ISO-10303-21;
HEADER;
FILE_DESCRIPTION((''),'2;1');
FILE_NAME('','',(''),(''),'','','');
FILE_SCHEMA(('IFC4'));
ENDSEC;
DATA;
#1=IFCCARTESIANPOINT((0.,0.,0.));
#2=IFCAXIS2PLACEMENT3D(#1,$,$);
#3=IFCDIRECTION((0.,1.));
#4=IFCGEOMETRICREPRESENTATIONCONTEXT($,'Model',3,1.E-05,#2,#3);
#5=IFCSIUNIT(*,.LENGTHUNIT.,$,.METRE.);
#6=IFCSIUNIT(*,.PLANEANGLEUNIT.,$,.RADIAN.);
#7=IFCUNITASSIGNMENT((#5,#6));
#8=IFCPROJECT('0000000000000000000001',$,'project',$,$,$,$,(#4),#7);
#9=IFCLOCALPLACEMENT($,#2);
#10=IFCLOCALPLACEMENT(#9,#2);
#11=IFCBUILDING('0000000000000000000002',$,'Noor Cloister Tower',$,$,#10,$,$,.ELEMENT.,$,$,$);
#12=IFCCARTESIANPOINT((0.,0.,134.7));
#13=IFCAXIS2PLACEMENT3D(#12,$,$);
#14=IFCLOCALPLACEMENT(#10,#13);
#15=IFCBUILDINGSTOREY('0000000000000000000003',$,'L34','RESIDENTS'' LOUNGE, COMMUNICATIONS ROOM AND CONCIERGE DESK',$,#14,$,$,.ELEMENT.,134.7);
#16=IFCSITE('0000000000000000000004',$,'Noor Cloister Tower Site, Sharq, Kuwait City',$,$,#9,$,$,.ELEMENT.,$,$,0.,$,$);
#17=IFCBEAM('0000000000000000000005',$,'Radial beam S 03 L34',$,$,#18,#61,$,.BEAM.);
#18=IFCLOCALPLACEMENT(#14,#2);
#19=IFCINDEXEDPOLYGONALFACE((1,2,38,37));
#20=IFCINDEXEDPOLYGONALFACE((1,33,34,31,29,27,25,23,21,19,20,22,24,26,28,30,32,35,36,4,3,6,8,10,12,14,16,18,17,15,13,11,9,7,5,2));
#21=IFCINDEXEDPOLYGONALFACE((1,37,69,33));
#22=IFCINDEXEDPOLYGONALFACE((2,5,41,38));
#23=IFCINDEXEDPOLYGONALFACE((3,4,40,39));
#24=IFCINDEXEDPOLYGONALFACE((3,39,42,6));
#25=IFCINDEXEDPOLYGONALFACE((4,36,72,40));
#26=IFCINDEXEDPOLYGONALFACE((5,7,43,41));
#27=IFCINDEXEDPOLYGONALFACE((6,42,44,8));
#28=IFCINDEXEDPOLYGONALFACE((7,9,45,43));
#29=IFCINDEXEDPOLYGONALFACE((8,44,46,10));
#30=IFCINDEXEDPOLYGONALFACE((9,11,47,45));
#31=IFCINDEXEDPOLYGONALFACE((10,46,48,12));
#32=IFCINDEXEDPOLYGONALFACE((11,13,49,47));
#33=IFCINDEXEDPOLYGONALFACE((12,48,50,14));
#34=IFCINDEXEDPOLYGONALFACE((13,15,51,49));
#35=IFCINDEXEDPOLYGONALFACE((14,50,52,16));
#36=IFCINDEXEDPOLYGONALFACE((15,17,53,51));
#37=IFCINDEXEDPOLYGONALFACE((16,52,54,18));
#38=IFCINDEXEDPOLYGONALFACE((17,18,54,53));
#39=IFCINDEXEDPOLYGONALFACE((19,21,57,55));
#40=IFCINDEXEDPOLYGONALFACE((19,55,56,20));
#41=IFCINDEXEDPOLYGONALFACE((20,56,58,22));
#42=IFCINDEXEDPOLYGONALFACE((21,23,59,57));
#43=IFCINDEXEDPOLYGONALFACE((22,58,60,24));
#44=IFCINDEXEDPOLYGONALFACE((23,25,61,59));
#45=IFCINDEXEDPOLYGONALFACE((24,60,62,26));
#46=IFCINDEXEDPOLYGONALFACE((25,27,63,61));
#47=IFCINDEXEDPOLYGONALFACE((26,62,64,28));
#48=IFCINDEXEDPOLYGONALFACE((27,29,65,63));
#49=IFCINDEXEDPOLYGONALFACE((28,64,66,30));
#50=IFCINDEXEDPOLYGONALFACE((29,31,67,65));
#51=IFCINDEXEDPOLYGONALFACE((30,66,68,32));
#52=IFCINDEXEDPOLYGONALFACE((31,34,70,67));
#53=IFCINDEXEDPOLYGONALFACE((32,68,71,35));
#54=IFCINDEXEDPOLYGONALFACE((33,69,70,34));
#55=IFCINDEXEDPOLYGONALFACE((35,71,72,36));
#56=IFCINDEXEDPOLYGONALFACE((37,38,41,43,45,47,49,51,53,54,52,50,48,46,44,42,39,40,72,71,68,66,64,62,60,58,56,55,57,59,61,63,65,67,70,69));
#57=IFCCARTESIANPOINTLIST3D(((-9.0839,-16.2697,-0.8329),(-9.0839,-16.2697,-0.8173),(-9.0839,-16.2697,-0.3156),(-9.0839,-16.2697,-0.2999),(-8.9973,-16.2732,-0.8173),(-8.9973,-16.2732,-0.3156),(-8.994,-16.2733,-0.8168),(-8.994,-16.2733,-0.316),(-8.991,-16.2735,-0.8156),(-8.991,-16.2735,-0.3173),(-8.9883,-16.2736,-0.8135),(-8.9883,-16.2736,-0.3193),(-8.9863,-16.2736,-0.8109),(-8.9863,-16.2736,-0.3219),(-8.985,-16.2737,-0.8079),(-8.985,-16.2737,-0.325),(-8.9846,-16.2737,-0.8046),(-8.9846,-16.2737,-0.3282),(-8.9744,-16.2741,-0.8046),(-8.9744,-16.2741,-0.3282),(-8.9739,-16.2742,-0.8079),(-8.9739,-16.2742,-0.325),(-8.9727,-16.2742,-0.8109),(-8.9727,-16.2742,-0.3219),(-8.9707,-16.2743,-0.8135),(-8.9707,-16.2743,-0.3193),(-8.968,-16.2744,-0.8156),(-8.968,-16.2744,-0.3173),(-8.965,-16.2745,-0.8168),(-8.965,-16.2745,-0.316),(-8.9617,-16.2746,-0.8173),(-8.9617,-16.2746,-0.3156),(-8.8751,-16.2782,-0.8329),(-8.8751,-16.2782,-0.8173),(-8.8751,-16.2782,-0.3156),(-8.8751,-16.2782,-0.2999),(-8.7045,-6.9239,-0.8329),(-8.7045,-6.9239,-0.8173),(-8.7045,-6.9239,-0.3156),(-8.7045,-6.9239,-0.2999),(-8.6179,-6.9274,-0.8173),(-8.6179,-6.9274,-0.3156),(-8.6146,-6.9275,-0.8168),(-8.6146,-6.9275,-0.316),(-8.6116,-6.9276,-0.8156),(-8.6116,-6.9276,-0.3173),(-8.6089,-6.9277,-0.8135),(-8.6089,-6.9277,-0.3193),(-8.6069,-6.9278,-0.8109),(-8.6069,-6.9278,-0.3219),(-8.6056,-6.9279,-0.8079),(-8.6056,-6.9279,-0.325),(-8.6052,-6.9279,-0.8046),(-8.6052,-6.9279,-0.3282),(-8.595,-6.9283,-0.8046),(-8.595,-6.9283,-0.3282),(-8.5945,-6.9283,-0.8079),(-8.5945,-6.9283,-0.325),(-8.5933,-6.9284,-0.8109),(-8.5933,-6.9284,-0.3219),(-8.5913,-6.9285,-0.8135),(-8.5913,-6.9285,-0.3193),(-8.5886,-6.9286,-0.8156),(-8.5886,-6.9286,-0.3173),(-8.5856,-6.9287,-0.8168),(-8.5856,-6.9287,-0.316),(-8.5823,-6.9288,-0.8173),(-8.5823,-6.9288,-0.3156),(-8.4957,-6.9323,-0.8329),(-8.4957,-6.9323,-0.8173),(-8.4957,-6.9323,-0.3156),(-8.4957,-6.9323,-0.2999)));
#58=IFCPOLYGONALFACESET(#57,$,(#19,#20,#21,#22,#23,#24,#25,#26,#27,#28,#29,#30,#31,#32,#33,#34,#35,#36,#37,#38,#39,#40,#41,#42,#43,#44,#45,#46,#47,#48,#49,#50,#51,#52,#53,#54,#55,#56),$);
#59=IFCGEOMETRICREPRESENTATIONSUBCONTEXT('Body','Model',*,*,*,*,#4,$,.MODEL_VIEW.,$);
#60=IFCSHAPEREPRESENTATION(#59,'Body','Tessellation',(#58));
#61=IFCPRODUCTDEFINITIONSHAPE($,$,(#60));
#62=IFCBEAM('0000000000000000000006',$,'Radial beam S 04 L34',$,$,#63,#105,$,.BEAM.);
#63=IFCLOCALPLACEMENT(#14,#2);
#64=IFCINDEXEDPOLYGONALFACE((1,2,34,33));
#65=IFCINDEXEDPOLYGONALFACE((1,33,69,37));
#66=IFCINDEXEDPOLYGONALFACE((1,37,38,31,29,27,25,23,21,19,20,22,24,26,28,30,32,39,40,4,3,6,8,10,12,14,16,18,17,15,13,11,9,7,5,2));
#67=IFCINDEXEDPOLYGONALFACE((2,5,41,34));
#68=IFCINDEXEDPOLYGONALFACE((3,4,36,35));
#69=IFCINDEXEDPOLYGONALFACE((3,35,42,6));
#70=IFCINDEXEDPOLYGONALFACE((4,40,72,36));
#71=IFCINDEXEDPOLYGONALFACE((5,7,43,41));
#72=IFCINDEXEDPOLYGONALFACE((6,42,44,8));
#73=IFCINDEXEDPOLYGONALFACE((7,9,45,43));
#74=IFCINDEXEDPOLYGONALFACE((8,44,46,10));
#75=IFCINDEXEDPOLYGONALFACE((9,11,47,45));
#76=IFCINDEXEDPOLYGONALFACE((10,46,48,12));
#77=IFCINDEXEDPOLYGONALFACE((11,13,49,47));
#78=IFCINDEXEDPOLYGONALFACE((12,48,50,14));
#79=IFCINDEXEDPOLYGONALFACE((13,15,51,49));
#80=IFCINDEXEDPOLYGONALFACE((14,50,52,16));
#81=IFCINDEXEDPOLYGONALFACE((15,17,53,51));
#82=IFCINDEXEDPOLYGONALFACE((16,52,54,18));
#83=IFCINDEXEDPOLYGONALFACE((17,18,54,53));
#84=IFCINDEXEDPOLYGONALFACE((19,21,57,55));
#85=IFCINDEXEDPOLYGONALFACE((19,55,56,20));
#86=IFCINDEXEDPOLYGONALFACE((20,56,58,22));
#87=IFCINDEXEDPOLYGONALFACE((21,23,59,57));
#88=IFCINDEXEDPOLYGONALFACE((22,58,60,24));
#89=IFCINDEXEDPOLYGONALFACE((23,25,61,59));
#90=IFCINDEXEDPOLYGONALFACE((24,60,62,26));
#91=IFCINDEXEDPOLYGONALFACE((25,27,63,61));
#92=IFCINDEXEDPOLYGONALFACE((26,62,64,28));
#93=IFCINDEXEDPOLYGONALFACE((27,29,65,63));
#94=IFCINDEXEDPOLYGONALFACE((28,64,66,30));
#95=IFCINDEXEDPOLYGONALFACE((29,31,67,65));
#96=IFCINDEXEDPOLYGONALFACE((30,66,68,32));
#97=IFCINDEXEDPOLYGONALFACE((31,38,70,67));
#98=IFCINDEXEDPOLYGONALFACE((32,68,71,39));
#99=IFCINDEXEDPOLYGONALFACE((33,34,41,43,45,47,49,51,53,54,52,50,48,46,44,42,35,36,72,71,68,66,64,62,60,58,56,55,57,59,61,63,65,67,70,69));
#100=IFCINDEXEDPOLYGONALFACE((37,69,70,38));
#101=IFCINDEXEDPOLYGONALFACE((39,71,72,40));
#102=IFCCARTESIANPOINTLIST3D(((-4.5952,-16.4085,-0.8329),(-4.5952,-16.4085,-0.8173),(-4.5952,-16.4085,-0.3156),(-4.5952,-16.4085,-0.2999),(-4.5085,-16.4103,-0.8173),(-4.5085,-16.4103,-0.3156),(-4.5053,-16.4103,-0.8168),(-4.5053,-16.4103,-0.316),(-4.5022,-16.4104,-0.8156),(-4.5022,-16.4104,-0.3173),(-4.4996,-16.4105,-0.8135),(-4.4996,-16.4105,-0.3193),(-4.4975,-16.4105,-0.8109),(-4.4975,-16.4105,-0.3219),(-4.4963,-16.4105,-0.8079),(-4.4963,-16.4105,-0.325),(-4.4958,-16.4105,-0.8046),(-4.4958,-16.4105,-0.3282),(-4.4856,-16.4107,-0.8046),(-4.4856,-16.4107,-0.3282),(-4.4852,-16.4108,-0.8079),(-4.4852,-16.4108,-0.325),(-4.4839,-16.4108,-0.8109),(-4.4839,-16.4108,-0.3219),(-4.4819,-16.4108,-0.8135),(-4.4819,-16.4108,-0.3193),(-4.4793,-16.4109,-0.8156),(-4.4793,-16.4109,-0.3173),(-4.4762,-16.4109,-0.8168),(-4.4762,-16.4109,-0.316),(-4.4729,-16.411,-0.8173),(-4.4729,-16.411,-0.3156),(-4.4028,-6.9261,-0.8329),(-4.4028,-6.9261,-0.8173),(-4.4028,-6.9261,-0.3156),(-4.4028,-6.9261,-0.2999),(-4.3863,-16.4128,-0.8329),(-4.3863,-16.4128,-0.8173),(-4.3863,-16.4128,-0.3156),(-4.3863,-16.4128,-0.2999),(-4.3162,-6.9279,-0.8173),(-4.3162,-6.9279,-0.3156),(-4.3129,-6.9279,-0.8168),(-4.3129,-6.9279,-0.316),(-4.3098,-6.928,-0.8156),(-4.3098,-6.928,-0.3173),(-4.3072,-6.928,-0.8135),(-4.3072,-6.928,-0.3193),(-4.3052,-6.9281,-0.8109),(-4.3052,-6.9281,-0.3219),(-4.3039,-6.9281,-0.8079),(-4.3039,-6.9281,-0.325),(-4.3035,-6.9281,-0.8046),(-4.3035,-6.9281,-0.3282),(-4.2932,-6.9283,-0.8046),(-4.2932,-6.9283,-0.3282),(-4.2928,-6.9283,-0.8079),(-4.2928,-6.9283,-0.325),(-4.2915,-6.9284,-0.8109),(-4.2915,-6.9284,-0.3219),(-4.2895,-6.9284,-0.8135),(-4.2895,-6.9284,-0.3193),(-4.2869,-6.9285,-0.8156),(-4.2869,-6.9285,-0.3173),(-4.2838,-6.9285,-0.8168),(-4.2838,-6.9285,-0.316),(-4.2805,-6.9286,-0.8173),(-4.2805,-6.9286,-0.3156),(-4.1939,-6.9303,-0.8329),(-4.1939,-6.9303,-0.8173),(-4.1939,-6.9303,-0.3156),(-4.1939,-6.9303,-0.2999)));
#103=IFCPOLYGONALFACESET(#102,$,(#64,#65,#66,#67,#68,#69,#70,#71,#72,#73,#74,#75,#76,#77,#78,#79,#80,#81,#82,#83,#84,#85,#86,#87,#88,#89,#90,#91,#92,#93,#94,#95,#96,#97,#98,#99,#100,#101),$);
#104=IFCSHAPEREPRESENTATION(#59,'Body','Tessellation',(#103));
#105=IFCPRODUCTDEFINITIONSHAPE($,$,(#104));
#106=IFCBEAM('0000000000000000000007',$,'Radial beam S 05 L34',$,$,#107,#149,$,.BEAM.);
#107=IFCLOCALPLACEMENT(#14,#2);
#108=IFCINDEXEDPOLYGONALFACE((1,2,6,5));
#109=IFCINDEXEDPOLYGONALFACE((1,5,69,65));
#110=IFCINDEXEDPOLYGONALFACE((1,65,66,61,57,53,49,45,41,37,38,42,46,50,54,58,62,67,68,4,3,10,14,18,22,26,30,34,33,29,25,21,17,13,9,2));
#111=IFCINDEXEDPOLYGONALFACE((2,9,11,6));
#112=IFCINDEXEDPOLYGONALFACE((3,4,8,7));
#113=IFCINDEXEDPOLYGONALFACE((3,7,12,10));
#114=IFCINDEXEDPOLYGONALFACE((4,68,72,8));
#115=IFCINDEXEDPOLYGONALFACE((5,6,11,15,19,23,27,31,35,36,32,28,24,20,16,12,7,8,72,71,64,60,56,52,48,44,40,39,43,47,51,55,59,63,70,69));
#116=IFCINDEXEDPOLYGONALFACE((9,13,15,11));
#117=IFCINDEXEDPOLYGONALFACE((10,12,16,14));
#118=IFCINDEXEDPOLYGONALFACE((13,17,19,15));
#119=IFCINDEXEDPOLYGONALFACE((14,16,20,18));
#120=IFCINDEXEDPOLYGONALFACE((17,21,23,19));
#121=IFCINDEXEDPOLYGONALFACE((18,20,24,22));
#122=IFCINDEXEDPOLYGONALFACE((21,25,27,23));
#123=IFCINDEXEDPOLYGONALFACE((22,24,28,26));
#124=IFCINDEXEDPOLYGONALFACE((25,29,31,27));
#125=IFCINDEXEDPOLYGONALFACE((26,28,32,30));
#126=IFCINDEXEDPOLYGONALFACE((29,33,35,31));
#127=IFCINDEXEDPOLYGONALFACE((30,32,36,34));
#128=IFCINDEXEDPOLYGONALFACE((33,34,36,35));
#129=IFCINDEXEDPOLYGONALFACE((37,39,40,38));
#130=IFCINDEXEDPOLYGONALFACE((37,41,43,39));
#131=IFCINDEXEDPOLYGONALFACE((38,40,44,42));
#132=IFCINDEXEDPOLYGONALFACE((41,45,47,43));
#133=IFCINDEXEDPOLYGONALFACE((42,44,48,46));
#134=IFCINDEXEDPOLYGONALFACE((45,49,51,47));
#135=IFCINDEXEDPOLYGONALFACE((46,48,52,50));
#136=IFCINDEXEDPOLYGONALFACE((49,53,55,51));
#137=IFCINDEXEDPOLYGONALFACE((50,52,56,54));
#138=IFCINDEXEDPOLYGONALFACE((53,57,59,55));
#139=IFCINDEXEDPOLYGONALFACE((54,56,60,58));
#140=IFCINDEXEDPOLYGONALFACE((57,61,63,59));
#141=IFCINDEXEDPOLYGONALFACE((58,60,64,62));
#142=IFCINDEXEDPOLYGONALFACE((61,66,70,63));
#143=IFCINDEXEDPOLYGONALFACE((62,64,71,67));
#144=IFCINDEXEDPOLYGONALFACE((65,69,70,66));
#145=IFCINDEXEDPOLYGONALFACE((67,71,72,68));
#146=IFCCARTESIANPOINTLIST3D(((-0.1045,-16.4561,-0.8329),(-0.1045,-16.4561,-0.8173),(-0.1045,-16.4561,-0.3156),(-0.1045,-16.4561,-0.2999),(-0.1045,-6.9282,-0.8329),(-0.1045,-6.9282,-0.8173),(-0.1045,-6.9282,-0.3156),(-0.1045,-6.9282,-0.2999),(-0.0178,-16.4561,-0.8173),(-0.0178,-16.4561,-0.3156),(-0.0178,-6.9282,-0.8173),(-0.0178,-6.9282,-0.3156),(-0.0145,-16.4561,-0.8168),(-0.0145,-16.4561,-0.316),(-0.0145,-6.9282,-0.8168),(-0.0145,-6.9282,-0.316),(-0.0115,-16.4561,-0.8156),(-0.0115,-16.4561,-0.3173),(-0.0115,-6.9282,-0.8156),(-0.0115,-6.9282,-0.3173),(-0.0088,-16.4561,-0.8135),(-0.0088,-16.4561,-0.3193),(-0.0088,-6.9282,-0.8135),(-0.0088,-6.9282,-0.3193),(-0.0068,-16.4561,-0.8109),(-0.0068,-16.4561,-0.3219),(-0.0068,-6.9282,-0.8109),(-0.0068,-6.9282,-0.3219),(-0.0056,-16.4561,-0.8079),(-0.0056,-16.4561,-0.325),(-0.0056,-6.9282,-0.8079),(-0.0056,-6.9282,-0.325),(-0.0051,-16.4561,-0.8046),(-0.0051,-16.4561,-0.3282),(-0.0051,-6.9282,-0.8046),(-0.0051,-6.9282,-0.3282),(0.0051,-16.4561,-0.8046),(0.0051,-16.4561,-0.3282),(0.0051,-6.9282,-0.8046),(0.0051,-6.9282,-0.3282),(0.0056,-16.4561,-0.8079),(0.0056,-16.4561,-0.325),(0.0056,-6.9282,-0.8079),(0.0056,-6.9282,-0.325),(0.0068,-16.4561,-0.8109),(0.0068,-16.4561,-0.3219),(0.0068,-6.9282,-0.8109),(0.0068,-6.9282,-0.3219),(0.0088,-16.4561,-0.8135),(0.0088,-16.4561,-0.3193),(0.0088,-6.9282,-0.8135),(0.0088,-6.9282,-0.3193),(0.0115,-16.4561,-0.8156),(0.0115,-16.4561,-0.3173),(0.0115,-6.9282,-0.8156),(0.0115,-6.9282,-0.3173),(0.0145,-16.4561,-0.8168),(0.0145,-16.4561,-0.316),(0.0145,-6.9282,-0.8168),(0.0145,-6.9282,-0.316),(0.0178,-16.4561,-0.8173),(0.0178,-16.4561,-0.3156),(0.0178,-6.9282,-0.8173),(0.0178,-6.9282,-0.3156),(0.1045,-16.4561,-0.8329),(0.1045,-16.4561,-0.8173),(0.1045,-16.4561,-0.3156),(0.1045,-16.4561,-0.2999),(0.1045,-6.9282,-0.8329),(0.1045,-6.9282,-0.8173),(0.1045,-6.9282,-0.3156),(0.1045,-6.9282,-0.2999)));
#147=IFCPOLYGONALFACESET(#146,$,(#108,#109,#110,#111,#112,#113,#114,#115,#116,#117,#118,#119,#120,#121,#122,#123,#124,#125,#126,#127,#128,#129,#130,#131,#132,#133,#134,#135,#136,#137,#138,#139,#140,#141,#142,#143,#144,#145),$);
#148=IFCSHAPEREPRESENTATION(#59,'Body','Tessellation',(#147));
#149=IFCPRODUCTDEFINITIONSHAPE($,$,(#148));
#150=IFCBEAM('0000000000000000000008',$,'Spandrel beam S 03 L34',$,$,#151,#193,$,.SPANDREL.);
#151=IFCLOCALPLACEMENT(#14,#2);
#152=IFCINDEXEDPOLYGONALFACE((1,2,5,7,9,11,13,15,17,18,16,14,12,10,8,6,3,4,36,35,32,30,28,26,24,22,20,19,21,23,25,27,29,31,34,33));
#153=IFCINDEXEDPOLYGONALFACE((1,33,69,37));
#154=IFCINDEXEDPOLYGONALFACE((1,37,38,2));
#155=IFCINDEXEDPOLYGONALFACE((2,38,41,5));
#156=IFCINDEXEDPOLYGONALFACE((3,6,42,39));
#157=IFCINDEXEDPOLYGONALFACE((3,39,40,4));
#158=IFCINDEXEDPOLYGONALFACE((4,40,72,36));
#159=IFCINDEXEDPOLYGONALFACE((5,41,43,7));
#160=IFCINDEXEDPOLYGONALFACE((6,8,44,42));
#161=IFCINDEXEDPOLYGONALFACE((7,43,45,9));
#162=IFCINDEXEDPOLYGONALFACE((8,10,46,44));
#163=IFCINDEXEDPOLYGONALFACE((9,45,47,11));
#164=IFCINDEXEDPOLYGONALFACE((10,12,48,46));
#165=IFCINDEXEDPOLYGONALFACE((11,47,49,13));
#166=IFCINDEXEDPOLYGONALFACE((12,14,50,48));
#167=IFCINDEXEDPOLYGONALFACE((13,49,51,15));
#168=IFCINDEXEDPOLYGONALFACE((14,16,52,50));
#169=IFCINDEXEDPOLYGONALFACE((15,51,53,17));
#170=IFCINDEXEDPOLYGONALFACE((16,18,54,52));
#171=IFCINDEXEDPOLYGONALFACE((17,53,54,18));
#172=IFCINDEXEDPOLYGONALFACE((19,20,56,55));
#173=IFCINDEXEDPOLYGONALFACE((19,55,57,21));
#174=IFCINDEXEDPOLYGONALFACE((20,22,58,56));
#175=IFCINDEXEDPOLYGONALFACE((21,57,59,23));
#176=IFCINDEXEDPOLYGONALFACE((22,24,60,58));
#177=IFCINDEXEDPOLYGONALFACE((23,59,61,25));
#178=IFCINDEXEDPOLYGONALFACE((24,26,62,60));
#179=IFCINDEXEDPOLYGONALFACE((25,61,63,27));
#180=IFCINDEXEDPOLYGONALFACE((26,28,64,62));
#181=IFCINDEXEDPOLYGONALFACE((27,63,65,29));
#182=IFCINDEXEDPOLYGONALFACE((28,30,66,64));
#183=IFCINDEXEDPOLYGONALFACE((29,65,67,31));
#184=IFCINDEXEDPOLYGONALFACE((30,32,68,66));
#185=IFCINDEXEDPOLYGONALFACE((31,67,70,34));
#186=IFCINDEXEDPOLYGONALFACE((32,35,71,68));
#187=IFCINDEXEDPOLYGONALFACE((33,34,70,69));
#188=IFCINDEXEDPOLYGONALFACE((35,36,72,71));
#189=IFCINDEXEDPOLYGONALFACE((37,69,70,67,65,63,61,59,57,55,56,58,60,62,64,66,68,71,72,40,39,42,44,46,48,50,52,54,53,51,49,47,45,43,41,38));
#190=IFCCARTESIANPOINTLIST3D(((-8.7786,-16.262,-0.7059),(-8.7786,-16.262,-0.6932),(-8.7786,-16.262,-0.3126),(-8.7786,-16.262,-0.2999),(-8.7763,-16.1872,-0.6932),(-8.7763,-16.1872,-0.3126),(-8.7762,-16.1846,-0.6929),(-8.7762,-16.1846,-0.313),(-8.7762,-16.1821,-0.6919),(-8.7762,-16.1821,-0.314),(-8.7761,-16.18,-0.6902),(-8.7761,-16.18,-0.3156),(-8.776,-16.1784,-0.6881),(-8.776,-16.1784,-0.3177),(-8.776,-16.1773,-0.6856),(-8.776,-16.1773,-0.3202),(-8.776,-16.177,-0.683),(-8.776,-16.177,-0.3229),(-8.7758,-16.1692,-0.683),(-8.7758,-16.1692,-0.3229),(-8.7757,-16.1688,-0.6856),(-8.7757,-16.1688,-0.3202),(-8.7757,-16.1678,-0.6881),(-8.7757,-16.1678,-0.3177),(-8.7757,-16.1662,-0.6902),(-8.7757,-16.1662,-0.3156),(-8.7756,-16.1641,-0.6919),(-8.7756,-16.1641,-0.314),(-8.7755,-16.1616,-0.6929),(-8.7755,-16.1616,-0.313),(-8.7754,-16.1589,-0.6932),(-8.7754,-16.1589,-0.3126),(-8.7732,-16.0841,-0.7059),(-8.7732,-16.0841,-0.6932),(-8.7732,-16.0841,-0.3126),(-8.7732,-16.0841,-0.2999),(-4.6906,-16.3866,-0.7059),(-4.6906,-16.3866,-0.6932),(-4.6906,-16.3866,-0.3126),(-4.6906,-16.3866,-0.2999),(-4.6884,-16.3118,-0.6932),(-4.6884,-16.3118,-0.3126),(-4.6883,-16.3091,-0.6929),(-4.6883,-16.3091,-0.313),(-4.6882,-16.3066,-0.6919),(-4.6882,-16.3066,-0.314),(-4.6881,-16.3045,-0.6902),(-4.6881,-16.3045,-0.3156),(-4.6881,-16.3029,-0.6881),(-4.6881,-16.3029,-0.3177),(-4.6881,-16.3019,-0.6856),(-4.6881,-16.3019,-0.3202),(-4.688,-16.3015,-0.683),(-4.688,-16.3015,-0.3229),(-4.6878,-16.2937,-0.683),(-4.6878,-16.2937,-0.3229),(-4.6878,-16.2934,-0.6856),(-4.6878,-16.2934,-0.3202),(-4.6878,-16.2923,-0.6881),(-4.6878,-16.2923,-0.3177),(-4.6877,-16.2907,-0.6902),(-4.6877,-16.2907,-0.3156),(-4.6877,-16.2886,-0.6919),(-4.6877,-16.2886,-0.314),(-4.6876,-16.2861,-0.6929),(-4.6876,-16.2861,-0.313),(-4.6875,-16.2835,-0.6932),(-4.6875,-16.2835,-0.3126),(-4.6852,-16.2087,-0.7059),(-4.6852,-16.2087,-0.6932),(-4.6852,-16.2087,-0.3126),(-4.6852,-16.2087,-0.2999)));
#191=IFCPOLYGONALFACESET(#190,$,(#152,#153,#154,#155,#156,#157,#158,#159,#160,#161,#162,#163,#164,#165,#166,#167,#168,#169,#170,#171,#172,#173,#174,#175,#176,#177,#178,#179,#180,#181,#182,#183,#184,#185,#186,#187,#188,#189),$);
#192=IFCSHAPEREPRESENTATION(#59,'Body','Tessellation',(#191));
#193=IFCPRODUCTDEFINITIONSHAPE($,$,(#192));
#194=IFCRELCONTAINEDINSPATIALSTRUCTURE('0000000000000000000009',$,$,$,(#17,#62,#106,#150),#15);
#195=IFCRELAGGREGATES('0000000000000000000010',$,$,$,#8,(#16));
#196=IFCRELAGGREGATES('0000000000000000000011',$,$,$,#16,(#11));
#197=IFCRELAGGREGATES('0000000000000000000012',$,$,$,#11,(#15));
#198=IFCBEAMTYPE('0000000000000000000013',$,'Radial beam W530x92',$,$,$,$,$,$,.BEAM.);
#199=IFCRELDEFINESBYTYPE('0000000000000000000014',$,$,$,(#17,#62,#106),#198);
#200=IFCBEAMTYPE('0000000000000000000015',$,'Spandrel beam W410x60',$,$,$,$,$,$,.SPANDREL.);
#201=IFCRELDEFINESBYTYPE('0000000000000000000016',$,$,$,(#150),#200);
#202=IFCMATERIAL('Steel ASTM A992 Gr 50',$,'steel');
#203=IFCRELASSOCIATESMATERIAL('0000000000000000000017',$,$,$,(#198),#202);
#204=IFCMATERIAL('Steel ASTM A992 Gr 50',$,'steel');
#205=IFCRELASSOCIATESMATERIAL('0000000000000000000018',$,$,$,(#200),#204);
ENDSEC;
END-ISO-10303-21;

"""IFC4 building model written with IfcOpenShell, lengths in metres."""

from ifc_helpers import new_model, si_unit, direction, frame, origin, origin_2d, place, context, subcontext, project, spatial, i_section, extrude, material, material_profile, profile_set, type_object, element, save


model = new_model("IFC4")

# Units and contexts
model_context = context("Model", 3, precision=1e-05, world=origin(), true_north=direction((0.0, 1.0)))
body_context = subcontext(model_context, "Body", "Model", "MODEL_VIEW")
ifc_project = project(units=[si_unit("LENGTHUNIT", "METRE"), si_unit("PLANEANGLEUNIT", "RADIAN")], contexts=[model_context])

# Site, building, storey
site_placement = place(None, origin())
site = spatial("IfcSite", under=ifc_project, at=site_placement, Name="Noor Cloister Tower Site, Sharq, Kuwait City", CompositionType="ELEMENT", RefElevation=0.0)
building_placement = place(site_placement, origin())
building = spatial("IfcBuilding", under=site, at=building_placement, Name="Noor Cloister Tower", CompositionType="ELEMENT")
storey_placement = place(building_placement, frame((0.0, 0.0, 134.7)))
storey = spatial("IfcBuildingStorey", under=building, at=storey_placement, Name="L34", Description="RESIDENTS' LOUNGE, COMMUNICATIONS ROOM AND CONCIERGE DESK", CompositionType="ELEMENT", Elevation=134.7)

# Beams
ifc_material_1 = material(Name="Steel ASTM A992 Gr 50", Category="steel")
ifc_material_profile_1 = material_profile(ifc_material_1, i_section(OverallWidth=0.209, OverallDepth=0.533, WebThickness=0.0103, FlangeThickness=0.0156, FilletRadius=0.0127, at=origin_2d()), Name="W530x92")
ifc_profile_set_1 = profile_set([ifc_material_profile_1], Name="Steel ASTM A992 Gr 50")
beam_type_1 = type_object("IfcBeamType", Name="Radial beam W530x92", PredefinedType="BEAM", material=ifc_profile_set_1)
beam_1_placement = place(storey_placement, frame((-8.9795, -16.2739, -0.5664), z_axis=(0.040562, 0.999177, 0.0), x_axis=(-0.999177, 0.040562, 0.0)))
element("IfcBeam", 1, at=beam_1_placement, inside=storey, type_object=beam_type_1, Name="Radial beam S 03 L34", PredefinedType="BEAM", context=body_context, shape_type="SweptSolid", body=[
    extrude(i_section(OverallWidth=0.209, OverallDepth=0.533, WebThickness=0.0103, FlangeThickness=0.0156, FilletRadius=0.0127, at=origin_2d()), origin(), (0.0, 0.0, 1.0), 9.3535),
])
beam_2_placement = place(storey_placement, frame((-4.4907, -16.4106, -0.5664), z_axis=(0.020284, 0.999794, 0.0), x_axis=(-0.999794, 0.020284, 0.0)))
element("IfcBeam", 2, at=beam_2_placement, inside=storey, type_object=beam_type_1, Name="Radial beam S 04 L34", PredefinedType="BEAM", context=body_context, shape_type="SweptSolid", body=[
    extrude(i_section(OverallWidth=0.209, OverallDepth=0.533, WebThickness=0.0103, FlangeThickness=0.0156, FilletRadius=0.0127, at=origin_2d()), origin(), (0.0, 0.0, 1.0), 9.4844),
])
beam_3_placement = place(storey_placement, frame((0.0, -16.4561, -0.5664), z_axis=(0.0, 1.0, 0.0), x_axis=(-1.0, 0.0, 0.0)))
element("IfcBeam", 3, at=beam_3_placement, inside=storey, type_object=beam_type_1, Name="Radial beam S 05 L34", PredefinedType="BEAM", context=body_context, shape_type="SweptSolid", body=[
    extrude(i_section(OverallWidth=0.209, OverallDepth=0.533, WebThickness=0.0103, FlangeThickness=0.0156, FilletRadius=0.0127, at=origin_2d()), origin(), (0.0, 0.0, 1.0), 9.5278),
])
ifc_material_2 = material(Name="Steel ASTM A992 Gr 50", Category="steel")
ifc_material_profile_2 = material_profile(ifc_material_2, i_section(OverallWidth=0.178, OverallDepth=0.406, WebThickness=0.0078, FlangeThickness=0.0127, FilletRadius=0.0103, at=origin_2d()), Name="W410x60")
ifc_profile_set_2 = profile_set([ifc_material_profile_2], Name="Steel ASTM A992 Gr 50")
beam_type_2 = type_object("IfcBeamType", Name="Spandrel beam W410x60", PredefinedType="SPANDREL", material=ifc_profile_set_2)
for number, where, z_axis, x_axis, name in (
    (4, (-8.7759, -16.1731, -0.5029), (0.999536, -0.030445, 0.0), (0.030445, 0.999536, 0.0), "Spandrel beam S 03 L34"),
):
    element("IfcBeam", number, at=place(storey_placement, frame(where, z_axis=z_axis, x_axis=x_axis)), inside=storey, type_object=beam_type_2, Name=name, PredefinedType="SPANDREL", context=body_context, shape_type="SweptSolid", body=[
        extrude(i_section(OverallWidth=0.178, OverallDepth=0.406, WebThickness=0.0078, FlangeThickness=0.0127, FilletRadius=0.0103, at=origin_2d()), origin(), (0.0, 0.0, 1.0), 4.0898),
    ])

save(model, "model.ifc")
